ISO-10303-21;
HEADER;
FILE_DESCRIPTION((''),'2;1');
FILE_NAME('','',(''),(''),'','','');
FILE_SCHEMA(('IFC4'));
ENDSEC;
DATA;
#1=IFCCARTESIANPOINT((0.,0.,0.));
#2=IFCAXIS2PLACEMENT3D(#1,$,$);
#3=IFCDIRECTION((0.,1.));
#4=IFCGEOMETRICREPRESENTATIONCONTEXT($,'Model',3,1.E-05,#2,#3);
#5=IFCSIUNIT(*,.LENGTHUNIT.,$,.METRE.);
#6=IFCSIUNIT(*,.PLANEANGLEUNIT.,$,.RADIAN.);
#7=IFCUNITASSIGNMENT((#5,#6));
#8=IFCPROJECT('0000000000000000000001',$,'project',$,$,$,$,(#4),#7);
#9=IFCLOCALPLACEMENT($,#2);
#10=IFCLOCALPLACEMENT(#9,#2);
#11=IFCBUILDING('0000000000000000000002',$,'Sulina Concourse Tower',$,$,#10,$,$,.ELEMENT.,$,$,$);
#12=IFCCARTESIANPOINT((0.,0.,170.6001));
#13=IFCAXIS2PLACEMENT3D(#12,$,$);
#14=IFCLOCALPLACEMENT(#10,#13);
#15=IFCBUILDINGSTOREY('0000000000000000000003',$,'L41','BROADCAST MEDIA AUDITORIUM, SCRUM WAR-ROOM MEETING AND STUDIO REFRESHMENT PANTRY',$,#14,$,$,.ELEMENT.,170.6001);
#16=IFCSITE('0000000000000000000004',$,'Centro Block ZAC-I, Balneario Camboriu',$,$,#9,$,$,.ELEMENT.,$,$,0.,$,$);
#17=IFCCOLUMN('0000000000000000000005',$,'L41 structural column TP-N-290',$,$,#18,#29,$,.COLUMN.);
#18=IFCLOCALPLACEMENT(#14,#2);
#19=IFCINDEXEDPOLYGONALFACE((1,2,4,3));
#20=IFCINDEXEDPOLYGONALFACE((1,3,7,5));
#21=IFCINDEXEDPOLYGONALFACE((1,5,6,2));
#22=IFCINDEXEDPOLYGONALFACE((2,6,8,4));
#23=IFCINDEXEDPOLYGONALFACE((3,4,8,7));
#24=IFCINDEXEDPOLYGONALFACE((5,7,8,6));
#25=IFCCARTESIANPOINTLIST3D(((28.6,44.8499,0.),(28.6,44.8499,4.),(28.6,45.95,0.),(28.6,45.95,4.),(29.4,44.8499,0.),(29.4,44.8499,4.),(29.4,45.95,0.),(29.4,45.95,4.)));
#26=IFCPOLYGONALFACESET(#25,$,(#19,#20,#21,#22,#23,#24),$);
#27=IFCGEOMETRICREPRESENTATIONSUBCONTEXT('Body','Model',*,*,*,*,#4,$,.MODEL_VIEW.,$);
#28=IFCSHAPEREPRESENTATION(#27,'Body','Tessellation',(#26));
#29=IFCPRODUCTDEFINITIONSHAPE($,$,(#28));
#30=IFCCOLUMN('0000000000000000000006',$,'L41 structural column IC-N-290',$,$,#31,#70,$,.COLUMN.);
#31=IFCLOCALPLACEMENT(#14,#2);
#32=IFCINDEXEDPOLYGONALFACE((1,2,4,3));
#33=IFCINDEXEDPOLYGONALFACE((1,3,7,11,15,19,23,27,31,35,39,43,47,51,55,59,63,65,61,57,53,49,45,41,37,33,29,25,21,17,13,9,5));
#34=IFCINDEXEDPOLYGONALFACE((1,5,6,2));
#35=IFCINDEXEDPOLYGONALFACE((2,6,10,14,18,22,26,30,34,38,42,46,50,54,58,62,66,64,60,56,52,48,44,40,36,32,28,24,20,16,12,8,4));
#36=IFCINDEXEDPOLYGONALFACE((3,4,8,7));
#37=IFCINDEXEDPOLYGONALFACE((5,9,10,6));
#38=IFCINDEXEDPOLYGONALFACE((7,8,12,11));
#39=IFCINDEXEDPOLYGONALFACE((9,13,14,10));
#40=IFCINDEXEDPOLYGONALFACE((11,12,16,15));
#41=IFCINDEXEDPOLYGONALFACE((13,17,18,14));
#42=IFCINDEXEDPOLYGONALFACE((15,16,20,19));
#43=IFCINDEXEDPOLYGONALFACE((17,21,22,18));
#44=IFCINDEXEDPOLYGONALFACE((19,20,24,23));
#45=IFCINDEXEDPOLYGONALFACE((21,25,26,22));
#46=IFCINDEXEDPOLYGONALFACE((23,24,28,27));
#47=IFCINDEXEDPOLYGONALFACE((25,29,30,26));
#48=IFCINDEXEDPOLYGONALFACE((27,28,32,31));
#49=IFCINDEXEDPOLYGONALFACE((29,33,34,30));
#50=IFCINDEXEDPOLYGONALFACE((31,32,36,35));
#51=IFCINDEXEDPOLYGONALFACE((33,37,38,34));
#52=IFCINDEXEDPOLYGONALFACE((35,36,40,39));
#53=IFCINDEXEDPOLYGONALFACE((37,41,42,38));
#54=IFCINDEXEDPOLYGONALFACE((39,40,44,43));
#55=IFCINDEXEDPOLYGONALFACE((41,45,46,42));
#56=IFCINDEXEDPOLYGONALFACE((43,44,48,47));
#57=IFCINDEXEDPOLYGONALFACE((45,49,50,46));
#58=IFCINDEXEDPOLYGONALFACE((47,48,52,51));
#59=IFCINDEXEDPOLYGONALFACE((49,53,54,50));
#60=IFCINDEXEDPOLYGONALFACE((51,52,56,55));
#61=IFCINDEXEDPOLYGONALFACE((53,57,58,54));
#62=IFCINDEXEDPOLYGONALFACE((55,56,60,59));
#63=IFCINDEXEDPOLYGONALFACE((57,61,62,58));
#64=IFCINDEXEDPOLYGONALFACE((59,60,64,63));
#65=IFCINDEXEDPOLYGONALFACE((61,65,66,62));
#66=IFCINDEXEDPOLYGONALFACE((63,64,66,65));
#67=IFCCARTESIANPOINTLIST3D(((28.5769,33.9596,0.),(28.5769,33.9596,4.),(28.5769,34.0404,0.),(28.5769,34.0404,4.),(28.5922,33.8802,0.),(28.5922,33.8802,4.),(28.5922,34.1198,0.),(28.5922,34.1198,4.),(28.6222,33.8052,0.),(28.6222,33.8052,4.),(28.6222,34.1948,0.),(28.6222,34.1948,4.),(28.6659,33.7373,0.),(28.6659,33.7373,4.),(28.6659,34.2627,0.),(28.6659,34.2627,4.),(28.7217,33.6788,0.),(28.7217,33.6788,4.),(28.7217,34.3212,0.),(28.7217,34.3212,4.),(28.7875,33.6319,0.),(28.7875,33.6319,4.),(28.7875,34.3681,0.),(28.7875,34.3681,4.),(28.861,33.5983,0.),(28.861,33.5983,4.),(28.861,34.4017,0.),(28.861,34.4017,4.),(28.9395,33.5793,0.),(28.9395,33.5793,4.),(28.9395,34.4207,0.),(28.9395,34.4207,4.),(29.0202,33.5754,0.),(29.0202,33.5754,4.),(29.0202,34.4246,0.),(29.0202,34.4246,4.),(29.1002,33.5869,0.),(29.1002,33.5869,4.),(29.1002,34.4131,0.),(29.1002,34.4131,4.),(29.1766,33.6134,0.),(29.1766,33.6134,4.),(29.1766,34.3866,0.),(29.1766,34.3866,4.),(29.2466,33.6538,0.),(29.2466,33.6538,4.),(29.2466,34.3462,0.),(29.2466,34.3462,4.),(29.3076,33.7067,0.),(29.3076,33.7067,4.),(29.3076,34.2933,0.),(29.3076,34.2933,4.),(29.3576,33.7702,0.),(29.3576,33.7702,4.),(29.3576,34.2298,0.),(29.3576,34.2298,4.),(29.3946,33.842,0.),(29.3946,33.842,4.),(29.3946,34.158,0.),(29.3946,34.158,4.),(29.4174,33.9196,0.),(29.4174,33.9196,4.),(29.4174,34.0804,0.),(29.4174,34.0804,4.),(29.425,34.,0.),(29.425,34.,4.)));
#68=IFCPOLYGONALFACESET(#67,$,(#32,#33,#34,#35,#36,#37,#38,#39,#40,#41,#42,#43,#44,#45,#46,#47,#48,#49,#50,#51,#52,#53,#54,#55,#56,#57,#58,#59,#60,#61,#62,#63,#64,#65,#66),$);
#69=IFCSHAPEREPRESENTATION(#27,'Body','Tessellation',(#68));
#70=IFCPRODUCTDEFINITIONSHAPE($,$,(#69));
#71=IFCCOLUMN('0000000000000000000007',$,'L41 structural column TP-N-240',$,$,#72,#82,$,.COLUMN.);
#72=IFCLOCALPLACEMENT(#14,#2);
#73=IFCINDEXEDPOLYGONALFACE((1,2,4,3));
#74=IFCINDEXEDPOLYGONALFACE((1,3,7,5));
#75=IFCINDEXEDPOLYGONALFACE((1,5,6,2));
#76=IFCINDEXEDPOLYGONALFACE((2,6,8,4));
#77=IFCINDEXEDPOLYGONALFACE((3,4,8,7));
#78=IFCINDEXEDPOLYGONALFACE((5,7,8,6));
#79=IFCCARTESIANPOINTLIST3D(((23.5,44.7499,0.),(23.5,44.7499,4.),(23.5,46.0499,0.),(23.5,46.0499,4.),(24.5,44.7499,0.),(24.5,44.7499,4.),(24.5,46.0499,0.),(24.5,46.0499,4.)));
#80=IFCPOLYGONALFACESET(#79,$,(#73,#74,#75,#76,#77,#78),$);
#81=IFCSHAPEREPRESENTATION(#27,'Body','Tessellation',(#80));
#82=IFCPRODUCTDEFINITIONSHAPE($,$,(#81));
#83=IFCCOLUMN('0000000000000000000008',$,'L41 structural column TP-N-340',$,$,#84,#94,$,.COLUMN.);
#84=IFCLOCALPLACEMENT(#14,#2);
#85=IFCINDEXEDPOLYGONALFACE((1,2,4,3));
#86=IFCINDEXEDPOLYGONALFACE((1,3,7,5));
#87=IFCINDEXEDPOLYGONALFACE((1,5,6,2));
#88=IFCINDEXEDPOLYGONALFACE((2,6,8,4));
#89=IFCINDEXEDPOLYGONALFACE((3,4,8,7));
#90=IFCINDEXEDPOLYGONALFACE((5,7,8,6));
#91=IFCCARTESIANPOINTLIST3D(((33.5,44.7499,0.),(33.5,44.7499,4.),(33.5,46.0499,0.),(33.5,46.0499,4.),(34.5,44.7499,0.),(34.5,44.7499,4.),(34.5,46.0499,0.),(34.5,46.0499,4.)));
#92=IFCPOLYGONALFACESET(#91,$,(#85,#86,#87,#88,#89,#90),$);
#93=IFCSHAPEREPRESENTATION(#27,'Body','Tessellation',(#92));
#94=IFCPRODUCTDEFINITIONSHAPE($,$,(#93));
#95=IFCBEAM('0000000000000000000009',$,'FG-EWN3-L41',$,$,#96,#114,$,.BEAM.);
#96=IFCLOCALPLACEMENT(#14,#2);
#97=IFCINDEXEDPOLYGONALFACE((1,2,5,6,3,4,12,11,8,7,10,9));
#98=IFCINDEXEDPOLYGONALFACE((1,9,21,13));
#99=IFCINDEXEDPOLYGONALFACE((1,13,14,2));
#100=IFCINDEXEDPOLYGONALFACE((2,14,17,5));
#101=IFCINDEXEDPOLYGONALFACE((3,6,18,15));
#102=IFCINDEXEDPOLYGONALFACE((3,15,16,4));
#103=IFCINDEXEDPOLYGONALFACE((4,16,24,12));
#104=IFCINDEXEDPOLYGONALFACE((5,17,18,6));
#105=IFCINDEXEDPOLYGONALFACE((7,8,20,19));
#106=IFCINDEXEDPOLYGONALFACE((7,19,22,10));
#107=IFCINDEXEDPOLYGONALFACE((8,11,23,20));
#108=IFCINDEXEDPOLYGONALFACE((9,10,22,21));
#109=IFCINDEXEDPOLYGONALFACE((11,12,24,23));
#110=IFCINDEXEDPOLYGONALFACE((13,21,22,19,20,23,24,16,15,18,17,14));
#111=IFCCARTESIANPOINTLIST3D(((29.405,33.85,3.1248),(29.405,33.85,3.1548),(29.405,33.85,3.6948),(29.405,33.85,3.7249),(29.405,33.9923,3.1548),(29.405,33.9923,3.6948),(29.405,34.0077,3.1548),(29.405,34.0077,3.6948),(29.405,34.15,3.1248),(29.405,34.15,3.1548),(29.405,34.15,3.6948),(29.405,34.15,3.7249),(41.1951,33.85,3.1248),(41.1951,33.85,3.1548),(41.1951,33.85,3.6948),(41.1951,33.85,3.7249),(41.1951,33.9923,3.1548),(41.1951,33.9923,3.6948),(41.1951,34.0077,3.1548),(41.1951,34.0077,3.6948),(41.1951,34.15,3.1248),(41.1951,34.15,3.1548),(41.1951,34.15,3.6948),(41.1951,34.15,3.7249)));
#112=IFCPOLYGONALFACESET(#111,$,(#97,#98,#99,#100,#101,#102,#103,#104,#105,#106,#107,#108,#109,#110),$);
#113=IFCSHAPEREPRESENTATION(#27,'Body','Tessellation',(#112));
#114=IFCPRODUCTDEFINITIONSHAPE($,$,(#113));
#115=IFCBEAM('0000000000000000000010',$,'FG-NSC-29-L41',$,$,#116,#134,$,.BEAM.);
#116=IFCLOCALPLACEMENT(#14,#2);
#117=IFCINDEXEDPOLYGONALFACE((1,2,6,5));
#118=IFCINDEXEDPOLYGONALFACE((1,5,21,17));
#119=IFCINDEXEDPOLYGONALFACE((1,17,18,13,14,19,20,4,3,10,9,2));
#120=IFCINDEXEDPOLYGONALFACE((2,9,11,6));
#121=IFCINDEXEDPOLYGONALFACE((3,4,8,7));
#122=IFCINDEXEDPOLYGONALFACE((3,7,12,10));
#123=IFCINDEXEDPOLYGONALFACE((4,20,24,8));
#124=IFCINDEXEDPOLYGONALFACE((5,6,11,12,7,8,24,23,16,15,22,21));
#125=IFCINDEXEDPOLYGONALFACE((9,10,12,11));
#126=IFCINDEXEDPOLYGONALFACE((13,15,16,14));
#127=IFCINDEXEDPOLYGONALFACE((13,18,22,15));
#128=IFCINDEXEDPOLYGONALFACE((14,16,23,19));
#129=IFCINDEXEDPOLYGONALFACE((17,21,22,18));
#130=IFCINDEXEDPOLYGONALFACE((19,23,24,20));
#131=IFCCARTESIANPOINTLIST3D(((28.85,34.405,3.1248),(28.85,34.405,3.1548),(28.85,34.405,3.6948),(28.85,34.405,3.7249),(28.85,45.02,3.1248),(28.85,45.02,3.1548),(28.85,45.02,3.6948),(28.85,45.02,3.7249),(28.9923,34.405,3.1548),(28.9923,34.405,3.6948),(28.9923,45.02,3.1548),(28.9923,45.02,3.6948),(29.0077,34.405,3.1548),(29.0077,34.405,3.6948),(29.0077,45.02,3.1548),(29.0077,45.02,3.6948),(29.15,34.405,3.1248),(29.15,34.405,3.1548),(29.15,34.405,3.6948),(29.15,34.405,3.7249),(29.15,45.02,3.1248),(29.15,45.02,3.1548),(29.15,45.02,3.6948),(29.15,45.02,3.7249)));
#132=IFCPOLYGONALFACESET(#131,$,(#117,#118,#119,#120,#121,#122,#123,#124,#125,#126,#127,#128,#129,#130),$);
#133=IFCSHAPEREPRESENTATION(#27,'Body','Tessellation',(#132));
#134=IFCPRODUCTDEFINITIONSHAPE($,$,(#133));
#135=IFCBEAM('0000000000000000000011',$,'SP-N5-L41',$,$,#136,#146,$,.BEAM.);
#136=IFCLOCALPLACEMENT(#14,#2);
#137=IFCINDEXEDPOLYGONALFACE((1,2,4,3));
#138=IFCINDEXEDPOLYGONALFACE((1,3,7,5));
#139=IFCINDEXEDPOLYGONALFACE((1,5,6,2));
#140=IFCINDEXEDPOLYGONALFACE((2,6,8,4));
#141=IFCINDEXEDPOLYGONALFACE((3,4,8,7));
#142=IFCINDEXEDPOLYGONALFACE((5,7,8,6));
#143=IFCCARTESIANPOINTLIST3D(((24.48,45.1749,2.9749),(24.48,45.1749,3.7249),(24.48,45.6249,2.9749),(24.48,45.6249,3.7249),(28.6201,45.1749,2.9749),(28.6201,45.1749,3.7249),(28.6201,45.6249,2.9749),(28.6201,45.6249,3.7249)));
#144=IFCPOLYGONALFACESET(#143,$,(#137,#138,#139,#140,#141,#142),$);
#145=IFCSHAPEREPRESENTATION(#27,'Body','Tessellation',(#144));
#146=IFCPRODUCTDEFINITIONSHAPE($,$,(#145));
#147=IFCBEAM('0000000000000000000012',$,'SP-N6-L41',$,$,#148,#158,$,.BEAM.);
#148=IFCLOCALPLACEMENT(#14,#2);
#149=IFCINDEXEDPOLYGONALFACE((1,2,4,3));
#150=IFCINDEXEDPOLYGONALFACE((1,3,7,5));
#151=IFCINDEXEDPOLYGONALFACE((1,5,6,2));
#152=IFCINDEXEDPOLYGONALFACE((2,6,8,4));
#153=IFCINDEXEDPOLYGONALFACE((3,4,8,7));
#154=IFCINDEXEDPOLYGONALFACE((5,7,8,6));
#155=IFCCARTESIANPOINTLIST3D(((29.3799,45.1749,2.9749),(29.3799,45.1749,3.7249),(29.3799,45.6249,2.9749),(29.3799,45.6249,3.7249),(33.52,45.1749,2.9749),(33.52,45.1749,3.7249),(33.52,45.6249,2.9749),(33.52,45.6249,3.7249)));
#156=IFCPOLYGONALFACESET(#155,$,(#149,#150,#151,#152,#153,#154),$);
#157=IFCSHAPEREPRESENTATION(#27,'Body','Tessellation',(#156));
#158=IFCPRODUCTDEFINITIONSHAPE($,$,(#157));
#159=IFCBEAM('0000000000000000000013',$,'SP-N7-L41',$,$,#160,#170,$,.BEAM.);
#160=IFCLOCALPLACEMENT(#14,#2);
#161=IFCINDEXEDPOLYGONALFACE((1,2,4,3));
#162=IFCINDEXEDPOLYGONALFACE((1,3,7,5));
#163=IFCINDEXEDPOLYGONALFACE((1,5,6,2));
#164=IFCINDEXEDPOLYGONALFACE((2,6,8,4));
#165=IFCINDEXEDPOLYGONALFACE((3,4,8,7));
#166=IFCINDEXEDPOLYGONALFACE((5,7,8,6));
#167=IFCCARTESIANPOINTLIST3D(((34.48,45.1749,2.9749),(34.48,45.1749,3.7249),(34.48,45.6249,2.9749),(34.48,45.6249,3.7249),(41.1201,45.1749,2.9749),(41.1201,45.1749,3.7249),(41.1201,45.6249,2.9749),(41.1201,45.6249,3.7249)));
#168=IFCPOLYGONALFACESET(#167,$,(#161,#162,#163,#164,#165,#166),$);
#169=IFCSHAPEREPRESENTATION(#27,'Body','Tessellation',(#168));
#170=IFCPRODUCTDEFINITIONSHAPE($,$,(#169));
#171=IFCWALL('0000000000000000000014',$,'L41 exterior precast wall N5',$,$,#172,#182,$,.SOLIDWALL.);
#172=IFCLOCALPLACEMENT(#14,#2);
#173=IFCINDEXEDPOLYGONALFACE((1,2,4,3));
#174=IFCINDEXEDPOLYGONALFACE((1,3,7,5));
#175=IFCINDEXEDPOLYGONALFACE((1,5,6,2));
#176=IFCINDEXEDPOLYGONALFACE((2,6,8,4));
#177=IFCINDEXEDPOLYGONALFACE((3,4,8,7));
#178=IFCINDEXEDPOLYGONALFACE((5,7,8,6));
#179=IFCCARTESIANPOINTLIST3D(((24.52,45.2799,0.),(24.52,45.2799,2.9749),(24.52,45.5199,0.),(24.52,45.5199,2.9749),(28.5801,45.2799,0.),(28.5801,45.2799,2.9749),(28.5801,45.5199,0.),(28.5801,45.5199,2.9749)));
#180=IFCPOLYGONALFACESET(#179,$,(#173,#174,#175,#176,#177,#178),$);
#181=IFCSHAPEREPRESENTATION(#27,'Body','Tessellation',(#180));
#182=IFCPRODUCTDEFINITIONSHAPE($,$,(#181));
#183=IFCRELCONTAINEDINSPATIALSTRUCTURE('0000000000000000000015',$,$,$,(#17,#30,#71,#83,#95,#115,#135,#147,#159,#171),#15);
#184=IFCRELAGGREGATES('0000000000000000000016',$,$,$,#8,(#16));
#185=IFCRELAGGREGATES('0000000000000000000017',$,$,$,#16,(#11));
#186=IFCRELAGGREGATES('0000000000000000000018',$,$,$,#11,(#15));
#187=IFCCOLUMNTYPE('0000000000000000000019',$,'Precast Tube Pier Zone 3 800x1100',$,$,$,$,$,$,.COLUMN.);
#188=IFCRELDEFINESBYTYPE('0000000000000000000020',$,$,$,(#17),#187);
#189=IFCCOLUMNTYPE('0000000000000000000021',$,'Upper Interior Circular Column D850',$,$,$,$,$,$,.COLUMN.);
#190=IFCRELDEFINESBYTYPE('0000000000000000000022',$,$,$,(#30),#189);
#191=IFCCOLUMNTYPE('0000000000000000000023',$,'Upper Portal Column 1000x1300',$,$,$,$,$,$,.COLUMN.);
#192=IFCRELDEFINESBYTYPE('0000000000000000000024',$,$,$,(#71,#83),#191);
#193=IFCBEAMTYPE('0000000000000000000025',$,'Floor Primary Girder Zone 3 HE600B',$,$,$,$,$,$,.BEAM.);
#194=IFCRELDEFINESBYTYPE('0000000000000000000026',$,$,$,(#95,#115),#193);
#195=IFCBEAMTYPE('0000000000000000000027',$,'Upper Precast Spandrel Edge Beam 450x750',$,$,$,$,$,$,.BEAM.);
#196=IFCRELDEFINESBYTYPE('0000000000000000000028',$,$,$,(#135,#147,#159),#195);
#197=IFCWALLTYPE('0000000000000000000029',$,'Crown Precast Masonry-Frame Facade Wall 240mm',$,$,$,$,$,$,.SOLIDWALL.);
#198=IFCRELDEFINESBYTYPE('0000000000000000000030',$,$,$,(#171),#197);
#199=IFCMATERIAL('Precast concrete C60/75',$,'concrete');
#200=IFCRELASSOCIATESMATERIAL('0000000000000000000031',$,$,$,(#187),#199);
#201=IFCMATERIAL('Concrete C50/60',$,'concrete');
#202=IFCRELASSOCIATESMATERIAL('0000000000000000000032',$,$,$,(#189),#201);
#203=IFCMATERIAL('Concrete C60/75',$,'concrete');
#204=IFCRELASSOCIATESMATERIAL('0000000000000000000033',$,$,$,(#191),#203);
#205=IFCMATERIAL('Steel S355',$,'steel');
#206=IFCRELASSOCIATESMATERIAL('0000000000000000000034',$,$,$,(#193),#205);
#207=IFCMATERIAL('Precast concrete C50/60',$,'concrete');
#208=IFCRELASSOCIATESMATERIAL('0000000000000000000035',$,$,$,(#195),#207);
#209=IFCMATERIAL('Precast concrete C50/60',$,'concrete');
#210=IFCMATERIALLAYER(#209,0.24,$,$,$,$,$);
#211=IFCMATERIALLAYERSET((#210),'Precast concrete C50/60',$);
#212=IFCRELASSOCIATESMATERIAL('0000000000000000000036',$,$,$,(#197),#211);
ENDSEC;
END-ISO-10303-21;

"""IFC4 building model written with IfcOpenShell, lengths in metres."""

from ifc_helpers import new_model, si_unit, direction, frame, frame_2d, origin, origin_2d, place, context, subcontext, project, spatial, rectangle, circle, i_section, extrude, material, layer, layer_set, material_profile, profile_set, type_object, element, save


model = new_model("IFC4")

# Units and contexts
model_context = context("Model", 3, precision=1e-05, world=origin(), true_north=direction((0.0, 1.0)))
body_context = subcontext(model_context, "Body", "Model", "MODEL_VIEW")
ifc_project = project(units=[si_unit("LENGTHUNIT", "METRE"), si_unit("PLANEANGLEUNIT", "RADIAN")], contexts=[model_context])

# Site, building, storey
site_placement = place(None, origin())
site = spatial("IfcSite", under=ifc_project, at=site_placement, Name="Centro Block ZAC-I, Balneario Camboriu", CompositionType="ELEMENT", RefElevation=0.0)
building_placement = place(site_placement, origin())
building = spatial("IfcBuilding", under=site, at=building_placement, Name="Sulina Concourse Tower", CompositionType="ELEMENT")
storey_placement = place(building_placement, frame((0.0, 0.0, 170.6001)))
storey = spatial("IfcBuildingStorey", under=building, at=storey_placement, Name="L41", Description="BROADCAST MEDIA AUDITORIUM, SCRUM WAR-ROOM MEETING AND STUDIO REFRESHMENT PANTRY", CompositionType="ELEMENT", Elevation=170.6001)

# Columns
ifc_material_1 = material(Name="Precast concrete C60/75", Category="concrete")
ifc_material_profile_1 = material_profile(ifc_material_1, rectangle(XDim=0.8, YDim=1.1001, at=origin_2d()), Name="PC 800x1100")
ifc_profile_set_1 = profile_set([ifc_material_profile_1], Name="Precast concrete C60/75")
column_type_1 = type_object("IfcColumnType", Name="Precast Tube Pier Zone 3 800x1100", PredefinedType="COLUMN", material=ifc_profile_set_1)
column_1_placement = place(storey_placement, frame((29.0, 45.3999, 0.0), z_axis=(0.0, 0.0, 1.0), x_axis=(1.0, 0.0, 0.0)))
element("IfcColumn", 1, at=column_1_placement, inside=storey, type_object=column_type_1, Name="L41 structural column TP-N-290", PredefinedType="COLUMN", context=body_context, shape_type="SweptSolid", body=[
    extrude(rectangle(XDim=0.8, YDim=1.1001, at=origin_2d()), origin(), (0.0, 0.0, 1.0), 4.0),
])
ifc_material_2 = material(Name="Concrete C50/60", Category="concrete")
ifc_material_profile_2 = material_profile(ifc_material_2, circle(Radius=0.425, at=origin_2d()), Name="RC D850")
ifc_profile_set_2 = profile_set([ifc_material_profile_2], Name="Concrete C50/60")
column_type_2 = type_object("IfcColumnType", Name="Upper Interior Circular Column D850", PredefinedType="COLUMN", material=ifc_profile_set_2)
column_2_placement = place(storey_placement, frame((29.0, 34.0, 0.0), z_axis=(0.0, 0.0, 1.0), x_axis=(1.0, 0.0, 0.0)))
element("IfcColumn", 2, at=column_2_placement, inside=storey, type_object=column_type_2, Name="L41 structural column IC-N-290", PredefinedType="COLUMN", context=body_context, shape_type="SweptSolid", body=[
    extrude(circle(Radius=0.425, at=origin_2d()), origin(), (0.0, 0.0, 1.0), 4.0),
])
ifc_material_3 = material(Name="Concrete C60/75", Category="concrete")
ifc_material_profile_3 = material_profile(ifc_material_3, rectangle(XDim=1.0, YDim=1.3, at=origin_2d()), Name="RC 1000x1300")
ifc_profile_set_3 = profile_set([ifc_material_profile_3], Name="Concrete C60/75")
column_type_3 = type_object("IfcColumnType", Name="Upper Portal Column 1000x1300", PredefinedType="COLUMN", material=ifc_profile_set_3)
for number, where, z_axis, x_axis, name in (
    (3, (24.0, 45.3999, 0.0), (0.0, 0.0, 1.0), (1.0, 0.0, 0.0), "L41 structural column TP-N-240"),
    (4, (34.0, 45.3999, 0.0), (0.0, 0.0, 1.0), (1.0, 0.0, 0.0), "L41 structural column TP-N-340"),
):
    element("IfcColumn", number, at=place(storey_placement, frame(where, z_axis=z_axis, x_axis=x_axis)), inside=storey, type_object=column_type_3, Name=name, PredefinedType="COLUMN", context=body_context, shape_type="SweptSolid", body=[
        extrude(rectangle(XDim=1.0, YDim=1.3, at=origin_2d()), origin(), (0.0, 0.0, 1.0), 4.0),
    ])

# Beams
ifc_material_4 = material(Name="Steel S355", Category="steel")
ifc_material_profile_4 = material_profile(ifc_material_4, i_section(OverallWidth=0.3, OverallDepth=0.6001, WebThickness=0.0154, FlangeThickness=0.03, at=origin_2d()), Name="HE 600 B")
ifc_profile_set_4 = profile_set([ifc_material_profile_4], Name="Steel S355")
beam_type_1 = type_object("IfcBeamType", Name="Floor Primary Girder Zone 3 HE600B", PredefinedType="BEAM", material=ifc_profile_set_4)
beam_1_placement = place(storey_placement, frame((29.405, 34.0, 3.4248), z_axis=(1.0, 0.0, 0.0), x_axis=(0.0, 1.0, 0.0)))
element("IfcBeam", 5, at=beam_1_placement, inside=storey, type_object=beam_type_1, Name="FG-EWN3-L41", PredefinedType="BEAM", context=body_context, shape_type="SweptSolid", body=[
    extrude(i_section(OverallWidth=0.3, OverallDepth=0.6001, WebThickness=0.0154, FlangeThickness=0.03, at=origin_2d()), origin(), (0.0, 0.0, 1.0), 11.79),
])
beam_2_placement = place(storey_placement, frame((29.0, 34.405, 3.4248), z_axis=(0.0, 1.0, 0.0), x_axis=(-1.0, 0.0, 0.0)))
element("IfcBeam", 6, at=beam_2_placement, inside=storey, type_object=beam_type_1, Name="FG-NSC-29-L41", PredefinedType="BEAM", context=body_context, shape_type="SweptSolid", body=[
    extrude(i_section(OverallWidth=0.3, OverallDepth=0.6001, WebThickness=0.0154, FlangeThickness=0.03, at=origin_2d()), origin(), (0.0, 0.0, 1.0), 10.615),
])
ifc_material_5 = material(Name="Precast concrete C50/60", Category="concrete")
ifc_material_profile_5 = material_profile(ifc_material_5, rectangle(XDim=0.45, YDim=0.75, at=origin_2d()), Name="RC 450x750")
ifc_profile_set_5 = profile_set([ifc_material_profile_5], Name="Precast concrete C50/60")
beam_type_2 = type_object("IfcBeamType", Name="Upper Precast Spandrel Edge Beam 450x750", PredefinedType="BEAM", material=ifc_profile_set_5)
for number, where, z_axis, x_axis, name in (
    (7, (24.48, 45.3999, 3.3499), (1.0, 0.0, 0.0), (0.0, 1.0, 0.0), "SP-N5-L41"),
    (8, (29.3799, 45.3999, 3.3499), (1.0, 0.0, 0.0), (0.0, 1.0, 0.0), "SP-N6-L41"),
):
    element("IfcBeam", number, at=place(storey_placement, frame(where, z_axis=z_axis, x_axis=x_axis)), inside=storey, type_object=beam_type_2, Name=name, PredefinedType="BEAM", context=body_context, shape_type="SweptSolid", body=[
        extrude(rectangle(XDim=0.45, YDim=0.75, at=origin_2d()), origin(), (0.0, 0.0, 1.0), 4.1401),
    ])
beam_3_placement = place(storey_placement, frame((34.48, 45.3999, 3.3499), z_axis=(1.0, 0.0, 0.0), x_axis=(0.0, 1.0, 0.0)))
element("IfcBeam", 9, at=beam_3_placement, inside=storey, type_object=beam_type_2, Name="SP-N7-L41", PredefinedType="BEAM", context=body_context, shape_type="SweptSolid", body=[
    extrude(rectangle(XDim=0.45, YDim=0.75, at=origin_2d()), origin(), (0.0, 0.0, 1.0), 6.6401),
])

# Wall
ifc_material_6 = material(Name="Precast concrete C50/60", Category="concrete")
ifc_layer_1 = layer(ifc_material_6, 0.24)
ifc_layer_set_1 = layer_set([ifc_layer_1], Name="Precast concrete C50/60")
wall_type_1 = type_object("IfcWallType", Name="Crown Precast Masonry-Frame Facade Wall 240mm", PredefinedType="SOLIDWALL", material=ifc_layer_set_1)
wall_1_placement = place(storey_placement, frame((24.52, 45.3999, 0.0), z_axis=(0.0, 0.0, 1.0), x_axis=(1.0, 0.0, 0.0)))
element("IfcWall", 10, at=wall_1_placement, inside=storey, type_object=wall_type_1, Name="L41 exterior precast wall N5", PredefinedType="SOLIDWALL", context=body_context, shape_type="SweptSolid", body=[
    extrude(rectangle(XDim=4.0601, YDim=0.24, at=frame_2d((2.03, 0.0))), origin(), (0.0, 0.0, 1.0), 2.9749),
])

save(model, "model.ifc")
